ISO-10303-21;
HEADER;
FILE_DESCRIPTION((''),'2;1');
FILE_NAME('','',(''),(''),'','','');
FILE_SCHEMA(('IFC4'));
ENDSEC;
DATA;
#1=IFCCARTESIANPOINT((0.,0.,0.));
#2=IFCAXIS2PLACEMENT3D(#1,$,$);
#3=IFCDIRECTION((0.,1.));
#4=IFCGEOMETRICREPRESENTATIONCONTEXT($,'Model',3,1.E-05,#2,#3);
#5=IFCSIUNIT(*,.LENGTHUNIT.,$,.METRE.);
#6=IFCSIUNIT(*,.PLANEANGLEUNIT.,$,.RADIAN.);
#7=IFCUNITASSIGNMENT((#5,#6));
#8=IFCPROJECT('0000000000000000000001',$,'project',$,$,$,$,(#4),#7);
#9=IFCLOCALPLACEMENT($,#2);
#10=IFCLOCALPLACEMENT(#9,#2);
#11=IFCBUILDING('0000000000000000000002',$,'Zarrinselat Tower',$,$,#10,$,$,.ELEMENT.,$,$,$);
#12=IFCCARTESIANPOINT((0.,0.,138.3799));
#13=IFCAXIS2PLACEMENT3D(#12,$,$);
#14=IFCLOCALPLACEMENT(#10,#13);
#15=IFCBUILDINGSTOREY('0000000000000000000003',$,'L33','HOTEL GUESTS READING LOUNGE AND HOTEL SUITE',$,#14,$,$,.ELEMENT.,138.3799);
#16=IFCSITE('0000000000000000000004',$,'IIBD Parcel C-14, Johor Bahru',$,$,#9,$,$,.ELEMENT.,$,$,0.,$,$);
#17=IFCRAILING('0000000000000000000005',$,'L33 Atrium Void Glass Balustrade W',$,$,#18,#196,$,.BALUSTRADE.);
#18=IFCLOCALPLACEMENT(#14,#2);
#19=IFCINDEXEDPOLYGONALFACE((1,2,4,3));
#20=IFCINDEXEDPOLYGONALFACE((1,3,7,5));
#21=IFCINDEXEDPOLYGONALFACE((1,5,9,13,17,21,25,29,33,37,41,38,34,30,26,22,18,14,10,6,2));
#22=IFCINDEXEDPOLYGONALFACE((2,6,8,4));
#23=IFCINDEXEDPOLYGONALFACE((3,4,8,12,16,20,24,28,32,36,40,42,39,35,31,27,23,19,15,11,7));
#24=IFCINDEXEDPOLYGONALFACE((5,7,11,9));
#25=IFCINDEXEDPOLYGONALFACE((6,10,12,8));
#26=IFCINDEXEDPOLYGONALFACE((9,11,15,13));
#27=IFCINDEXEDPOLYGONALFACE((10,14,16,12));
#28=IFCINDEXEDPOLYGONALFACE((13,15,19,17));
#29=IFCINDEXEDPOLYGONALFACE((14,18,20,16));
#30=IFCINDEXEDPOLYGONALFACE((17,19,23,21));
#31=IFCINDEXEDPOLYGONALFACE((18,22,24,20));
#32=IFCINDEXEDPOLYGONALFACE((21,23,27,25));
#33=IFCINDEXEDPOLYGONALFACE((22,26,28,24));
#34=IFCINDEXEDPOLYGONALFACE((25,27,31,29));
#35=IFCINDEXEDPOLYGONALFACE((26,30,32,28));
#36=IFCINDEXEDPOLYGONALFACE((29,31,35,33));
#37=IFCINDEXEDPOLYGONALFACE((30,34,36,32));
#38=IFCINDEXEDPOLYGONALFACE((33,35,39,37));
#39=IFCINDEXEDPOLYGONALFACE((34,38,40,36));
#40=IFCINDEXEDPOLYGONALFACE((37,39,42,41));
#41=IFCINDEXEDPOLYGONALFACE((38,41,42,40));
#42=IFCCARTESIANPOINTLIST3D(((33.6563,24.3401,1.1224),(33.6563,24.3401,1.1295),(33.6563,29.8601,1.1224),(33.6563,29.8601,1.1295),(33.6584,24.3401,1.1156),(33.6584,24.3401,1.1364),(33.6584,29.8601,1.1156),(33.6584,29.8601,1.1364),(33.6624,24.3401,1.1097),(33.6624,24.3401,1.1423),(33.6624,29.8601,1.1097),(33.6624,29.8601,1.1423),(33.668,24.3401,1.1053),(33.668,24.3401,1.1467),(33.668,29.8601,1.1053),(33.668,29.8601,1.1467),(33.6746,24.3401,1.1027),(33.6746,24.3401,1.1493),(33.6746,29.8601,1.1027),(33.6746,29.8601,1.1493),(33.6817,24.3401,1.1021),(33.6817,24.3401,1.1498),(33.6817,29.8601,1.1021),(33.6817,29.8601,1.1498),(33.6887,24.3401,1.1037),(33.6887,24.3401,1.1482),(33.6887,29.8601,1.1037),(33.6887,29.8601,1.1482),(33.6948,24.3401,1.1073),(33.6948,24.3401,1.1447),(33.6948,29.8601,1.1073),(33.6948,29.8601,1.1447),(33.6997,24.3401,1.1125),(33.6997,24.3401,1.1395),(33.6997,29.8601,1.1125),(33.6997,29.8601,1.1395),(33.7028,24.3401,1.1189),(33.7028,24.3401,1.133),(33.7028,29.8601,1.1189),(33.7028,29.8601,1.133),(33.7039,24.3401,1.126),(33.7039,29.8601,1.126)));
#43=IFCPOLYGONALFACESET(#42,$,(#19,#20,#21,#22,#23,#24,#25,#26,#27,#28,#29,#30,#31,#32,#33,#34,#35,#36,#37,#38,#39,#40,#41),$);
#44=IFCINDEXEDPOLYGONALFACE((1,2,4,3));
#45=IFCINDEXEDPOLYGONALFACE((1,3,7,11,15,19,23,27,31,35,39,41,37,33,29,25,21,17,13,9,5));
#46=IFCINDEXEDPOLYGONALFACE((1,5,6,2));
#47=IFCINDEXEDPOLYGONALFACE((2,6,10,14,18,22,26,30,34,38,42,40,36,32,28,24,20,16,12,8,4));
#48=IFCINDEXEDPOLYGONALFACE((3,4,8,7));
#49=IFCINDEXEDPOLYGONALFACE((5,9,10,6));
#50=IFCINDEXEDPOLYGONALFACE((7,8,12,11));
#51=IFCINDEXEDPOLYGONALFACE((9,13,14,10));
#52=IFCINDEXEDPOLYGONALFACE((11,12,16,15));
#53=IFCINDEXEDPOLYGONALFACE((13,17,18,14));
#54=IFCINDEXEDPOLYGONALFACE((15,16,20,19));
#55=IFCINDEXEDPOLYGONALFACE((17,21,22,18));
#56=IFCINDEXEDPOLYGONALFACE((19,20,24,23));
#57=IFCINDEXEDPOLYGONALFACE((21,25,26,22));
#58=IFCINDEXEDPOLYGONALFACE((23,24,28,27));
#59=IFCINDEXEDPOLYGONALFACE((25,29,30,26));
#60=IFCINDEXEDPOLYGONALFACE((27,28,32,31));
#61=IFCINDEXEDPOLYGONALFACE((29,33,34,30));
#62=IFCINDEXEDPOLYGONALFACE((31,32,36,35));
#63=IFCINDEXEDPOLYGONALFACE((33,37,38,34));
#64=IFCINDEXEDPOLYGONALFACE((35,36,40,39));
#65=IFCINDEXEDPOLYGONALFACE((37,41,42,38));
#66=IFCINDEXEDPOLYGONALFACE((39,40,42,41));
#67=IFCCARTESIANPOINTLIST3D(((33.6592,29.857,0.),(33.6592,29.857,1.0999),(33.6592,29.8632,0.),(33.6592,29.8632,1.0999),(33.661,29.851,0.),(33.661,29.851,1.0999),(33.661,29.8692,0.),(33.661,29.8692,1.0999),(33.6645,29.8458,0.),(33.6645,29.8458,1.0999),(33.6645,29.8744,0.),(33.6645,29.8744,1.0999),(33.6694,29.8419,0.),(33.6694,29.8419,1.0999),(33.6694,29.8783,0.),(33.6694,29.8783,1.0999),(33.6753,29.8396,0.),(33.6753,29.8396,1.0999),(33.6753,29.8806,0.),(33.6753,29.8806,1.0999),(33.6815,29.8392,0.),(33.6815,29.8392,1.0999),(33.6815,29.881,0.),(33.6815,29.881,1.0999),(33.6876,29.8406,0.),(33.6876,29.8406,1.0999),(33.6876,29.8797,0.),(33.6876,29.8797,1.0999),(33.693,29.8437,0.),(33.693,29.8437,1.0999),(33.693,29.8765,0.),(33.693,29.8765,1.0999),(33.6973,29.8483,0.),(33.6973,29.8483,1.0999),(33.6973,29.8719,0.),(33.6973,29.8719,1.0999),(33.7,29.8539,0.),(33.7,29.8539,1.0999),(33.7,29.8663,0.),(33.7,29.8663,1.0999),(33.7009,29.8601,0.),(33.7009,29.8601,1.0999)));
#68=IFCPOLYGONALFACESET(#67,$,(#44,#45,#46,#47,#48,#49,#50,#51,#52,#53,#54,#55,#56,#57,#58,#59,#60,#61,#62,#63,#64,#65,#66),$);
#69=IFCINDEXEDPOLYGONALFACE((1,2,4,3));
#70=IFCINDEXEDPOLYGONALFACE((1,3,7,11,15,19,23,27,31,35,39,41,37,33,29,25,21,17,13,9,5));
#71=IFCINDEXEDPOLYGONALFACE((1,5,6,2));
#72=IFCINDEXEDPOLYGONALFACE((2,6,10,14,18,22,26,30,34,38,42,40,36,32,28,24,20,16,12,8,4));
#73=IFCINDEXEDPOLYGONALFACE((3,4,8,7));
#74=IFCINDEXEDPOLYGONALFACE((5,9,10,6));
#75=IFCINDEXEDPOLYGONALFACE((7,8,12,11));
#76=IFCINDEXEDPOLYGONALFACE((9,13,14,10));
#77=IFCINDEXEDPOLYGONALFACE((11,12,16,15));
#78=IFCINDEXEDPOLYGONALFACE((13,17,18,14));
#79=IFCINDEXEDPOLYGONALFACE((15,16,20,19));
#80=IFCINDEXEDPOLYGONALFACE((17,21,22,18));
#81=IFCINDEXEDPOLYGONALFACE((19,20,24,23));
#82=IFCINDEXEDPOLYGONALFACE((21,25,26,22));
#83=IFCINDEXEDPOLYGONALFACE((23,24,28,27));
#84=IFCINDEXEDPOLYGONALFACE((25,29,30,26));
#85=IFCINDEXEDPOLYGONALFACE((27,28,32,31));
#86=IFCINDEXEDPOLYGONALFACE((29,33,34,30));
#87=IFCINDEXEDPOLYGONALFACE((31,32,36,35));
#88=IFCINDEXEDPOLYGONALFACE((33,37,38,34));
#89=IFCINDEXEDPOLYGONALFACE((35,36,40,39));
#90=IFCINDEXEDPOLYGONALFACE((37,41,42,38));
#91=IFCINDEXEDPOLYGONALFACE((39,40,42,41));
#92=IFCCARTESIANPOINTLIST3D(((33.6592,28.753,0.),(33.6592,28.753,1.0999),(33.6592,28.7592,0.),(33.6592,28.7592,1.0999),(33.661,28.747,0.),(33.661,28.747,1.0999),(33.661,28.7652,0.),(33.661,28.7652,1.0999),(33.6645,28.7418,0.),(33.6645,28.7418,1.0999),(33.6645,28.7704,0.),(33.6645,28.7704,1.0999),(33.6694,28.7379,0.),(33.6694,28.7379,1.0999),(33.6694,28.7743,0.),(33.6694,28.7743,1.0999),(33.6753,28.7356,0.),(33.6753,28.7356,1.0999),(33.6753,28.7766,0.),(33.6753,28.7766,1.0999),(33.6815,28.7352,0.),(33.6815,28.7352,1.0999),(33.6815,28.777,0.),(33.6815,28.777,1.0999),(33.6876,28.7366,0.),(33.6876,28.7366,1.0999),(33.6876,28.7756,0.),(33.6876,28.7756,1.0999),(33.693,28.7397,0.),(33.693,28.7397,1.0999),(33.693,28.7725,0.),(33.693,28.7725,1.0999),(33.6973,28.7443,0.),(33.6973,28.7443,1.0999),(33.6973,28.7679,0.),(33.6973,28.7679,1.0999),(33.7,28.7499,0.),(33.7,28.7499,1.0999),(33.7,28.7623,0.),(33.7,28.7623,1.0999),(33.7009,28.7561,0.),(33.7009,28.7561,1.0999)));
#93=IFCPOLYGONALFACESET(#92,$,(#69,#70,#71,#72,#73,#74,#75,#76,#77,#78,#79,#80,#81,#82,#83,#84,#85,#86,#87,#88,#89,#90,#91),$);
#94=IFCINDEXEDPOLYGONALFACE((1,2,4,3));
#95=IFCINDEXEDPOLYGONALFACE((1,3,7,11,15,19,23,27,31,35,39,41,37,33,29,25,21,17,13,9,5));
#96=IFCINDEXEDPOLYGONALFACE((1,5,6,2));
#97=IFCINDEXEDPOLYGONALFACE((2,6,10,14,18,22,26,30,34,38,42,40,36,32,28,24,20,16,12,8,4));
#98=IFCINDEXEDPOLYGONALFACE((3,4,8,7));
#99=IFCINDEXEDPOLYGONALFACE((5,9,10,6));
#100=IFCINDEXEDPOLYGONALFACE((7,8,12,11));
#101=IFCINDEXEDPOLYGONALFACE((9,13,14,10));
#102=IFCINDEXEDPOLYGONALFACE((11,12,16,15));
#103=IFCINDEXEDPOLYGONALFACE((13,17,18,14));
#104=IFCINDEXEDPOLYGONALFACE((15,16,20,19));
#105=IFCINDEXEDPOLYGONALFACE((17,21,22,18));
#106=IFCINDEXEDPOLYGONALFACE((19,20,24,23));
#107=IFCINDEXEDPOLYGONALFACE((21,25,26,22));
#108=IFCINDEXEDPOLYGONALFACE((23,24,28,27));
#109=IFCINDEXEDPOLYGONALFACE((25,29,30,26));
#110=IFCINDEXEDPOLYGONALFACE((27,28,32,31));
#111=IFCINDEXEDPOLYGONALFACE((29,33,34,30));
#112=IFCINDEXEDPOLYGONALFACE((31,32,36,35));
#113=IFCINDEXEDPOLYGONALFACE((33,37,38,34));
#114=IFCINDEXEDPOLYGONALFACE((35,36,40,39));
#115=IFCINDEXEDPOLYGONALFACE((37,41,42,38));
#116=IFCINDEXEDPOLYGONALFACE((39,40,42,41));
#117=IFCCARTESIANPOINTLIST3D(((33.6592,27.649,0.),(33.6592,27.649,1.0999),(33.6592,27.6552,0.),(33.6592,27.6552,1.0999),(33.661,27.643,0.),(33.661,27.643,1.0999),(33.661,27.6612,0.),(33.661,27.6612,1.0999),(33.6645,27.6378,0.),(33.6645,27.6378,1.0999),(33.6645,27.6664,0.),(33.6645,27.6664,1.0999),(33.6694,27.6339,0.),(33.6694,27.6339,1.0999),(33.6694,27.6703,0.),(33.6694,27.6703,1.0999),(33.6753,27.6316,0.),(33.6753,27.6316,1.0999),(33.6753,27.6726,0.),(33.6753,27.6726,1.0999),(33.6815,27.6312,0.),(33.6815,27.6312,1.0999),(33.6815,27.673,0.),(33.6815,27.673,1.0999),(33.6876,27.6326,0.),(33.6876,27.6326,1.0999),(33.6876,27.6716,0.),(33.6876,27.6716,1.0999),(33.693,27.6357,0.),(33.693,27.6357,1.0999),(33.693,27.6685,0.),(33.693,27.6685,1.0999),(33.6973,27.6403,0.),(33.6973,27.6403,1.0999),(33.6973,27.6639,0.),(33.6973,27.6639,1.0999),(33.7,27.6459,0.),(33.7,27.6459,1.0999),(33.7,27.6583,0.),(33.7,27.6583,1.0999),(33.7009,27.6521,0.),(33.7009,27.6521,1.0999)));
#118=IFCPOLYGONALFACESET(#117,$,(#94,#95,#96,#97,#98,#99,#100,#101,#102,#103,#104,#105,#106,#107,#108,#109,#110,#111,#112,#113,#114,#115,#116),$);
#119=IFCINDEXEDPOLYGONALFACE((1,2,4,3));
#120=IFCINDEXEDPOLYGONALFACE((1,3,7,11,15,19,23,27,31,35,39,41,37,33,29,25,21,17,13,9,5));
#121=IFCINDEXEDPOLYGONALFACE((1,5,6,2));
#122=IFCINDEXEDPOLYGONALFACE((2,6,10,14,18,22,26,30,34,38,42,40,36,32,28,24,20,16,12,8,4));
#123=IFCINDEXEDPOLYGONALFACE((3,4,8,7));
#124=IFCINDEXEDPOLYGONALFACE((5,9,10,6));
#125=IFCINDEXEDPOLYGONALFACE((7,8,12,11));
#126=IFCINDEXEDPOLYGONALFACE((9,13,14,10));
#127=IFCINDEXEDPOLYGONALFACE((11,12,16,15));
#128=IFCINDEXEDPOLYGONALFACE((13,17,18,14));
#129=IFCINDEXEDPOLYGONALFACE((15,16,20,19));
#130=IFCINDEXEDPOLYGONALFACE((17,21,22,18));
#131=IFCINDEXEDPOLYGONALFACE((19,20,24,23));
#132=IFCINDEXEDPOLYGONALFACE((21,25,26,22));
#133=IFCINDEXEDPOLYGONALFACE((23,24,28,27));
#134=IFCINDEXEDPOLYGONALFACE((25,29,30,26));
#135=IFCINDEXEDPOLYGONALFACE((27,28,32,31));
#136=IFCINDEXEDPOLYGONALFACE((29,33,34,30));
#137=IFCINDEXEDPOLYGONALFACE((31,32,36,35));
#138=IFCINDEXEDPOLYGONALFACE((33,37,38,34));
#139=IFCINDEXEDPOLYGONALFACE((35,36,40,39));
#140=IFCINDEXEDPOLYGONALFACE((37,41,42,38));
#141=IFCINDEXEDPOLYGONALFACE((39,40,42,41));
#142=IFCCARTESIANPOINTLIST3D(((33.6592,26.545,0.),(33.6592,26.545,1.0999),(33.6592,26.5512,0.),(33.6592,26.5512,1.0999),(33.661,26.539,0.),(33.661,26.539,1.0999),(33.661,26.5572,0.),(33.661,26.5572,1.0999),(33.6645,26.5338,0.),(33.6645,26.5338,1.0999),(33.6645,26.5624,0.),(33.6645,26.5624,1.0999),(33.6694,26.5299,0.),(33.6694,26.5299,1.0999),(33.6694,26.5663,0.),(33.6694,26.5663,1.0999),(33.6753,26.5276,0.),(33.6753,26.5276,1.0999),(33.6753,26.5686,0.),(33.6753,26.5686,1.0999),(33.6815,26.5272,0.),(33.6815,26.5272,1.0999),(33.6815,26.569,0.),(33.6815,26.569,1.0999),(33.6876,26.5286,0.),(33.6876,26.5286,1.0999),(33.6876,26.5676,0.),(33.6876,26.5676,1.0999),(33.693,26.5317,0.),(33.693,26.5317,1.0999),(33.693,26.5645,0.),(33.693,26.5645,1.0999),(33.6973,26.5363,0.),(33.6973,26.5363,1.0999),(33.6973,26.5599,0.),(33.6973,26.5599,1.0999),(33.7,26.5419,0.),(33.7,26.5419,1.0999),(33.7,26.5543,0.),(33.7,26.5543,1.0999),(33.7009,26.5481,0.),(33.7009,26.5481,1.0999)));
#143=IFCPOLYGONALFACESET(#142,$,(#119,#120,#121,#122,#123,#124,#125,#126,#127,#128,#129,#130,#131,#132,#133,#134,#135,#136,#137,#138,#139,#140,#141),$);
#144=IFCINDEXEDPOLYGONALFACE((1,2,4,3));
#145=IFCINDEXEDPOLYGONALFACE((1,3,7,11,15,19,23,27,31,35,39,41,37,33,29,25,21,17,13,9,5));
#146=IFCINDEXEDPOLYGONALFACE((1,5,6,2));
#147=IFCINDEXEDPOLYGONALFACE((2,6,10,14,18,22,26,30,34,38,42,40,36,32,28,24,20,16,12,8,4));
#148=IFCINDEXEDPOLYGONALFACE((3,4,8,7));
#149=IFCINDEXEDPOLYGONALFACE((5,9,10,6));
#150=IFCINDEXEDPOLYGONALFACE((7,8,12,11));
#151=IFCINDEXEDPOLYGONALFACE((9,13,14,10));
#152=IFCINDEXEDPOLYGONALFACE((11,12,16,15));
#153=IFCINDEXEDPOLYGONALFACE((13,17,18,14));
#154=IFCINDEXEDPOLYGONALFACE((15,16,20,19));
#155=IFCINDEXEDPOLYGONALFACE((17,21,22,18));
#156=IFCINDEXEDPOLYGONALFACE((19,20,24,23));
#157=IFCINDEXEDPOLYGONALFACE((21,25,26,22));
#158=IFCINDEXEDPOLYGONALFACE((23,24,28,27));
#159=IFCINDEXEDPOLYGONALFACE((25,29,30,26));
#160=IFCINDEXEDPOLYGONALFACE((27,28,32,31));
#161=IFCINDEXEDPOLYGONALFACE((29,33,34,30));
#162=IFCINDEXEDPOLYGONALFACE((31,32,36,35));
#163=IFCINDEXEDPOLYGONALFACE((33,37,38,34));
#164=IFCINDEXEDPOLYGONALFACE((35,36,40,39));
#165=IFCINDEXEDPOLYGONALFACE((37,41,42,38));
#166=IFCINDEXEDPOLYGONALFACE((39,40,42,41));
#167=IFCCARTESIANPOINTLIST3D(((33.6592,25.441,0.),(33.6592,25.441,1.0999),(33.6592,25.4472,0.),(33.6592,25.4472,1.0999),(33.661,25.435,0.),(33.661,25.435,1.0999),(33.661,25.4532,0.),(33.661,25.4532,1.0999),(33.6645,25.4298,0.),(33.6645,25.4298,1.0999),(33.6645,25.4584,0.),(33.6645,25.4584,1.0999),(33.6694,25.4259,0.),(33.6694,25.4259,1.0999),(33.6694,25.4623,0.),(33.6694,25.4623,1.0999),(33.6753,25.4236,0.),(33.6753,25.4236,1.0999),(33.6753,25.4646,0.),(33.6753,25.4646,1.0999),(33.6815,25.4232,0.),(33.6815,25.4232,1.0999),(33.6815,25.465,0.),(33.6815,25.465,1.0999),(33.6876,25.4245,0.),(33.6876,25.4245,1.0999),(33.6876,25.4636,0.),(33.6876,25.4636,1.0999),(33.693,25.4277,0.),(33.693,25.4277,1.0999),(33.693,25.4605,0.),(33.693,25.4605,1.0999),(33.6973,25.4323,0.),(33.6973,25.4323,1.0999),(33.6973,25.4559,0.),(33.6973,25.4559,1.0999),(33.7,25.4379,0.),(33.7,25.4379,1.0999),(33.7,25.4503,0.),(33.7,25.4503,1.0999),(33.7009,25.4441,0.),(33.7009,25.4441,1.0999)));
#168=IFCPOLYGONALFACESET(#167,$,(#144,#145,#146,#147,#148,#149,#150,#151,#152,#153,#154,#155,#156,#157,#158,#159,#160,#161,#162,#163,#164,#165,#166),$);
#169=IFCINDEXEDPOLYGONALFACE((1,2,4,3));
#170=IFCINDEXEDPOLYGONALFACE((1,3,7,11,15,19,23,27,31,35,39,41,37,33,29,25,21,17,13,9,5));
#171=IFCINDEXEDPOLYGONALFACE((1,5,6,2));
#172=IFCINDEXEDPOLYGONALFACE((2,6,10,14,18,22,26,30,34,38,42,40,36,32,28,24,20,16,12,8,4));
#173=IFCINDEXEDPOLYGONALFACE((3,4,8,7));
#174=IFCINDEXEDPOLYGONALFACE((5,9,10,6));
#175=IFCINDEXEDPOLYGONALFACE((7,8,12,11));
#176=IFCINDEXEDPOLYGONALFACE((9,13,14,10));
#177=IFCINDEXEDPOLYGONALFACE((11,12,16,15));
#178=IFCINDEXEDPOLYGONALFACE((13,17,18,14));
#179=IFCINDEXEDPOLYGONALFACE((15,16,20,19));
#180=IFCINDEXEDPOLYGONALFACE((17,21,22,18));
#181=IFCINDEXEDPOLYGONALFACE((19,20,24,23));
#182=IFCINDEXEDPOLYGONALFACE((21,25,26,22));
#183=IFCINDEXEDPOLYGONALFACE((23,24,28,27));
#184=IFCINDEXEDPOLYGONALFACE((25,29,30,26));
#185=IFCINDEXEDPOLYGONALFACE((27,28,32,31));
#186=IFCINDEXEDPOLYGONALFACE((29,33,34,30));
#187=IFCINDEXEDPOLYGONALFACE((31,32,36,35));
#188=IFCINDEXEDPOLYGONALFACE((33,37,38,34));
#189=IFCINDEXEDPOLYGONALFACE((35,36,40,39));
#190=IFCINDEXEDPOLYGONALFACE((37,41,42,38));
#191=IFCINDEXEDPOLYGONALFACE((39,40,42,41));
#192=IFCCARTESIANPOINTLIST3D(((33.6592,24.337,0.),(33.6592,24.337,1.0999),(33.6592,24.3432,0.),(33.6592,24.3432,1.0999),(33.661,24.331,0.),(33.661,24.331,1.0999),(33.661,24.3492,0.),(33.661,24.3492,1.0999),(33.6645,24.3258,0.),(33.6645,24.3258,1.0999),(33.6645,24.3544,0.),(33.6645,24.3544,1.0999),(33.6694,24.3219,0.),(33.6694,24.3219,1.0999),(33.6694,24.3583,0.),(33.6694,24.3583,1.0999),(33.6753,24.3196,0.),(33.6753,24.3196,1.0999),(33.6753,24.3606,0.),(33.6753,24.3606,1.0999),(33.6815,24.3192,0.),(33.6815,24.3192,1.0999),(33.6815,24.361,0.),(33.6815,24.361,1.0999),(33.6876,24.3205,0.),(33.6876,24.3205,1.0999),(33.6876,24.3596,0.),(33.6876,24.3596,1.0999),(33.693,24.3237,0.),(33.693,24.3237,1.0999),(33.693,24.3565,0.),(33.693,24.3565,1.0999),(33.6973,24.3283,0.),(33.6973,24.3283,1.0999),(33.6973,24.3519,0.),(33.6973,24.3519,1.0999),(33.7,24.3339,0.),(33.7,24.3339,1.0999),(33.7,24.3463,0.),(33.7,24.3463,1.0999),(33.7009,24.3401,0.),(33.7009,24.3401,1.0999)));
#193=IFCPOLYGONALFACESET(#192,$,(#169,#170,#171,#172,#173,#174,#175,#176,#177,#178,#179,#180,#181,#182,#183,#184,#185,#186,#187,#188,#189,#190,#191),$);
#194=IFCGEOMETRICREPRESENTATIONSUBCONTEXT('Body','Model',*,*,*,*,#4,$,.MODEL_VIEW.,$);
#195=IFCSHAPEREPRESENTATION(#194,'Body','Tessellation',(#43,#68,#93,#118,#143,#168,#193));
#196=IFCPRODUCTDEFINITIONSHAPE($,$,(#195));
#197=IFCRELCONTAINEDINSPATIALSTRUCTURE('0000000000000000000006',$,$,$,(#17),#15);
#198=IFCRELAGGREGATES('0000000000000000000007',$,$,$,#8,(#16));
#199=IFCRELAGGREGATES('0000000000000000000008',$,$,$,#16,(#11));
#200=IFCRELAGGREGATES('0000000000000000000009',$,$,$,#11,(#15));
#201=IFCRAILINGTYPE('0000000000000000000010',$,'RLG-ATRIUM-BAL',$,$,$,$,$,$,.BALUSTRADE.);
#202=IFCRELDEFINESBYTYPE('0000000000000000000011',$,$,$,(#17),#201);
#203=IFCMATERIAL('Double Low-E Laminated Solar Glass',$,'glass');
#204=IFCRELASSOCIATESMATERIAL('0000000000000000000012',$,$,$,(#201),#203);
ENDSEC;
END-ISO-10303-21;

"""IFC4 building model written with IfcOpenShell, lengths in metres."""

from ifc_helpers import new_model, si_unit, direction, frame, origin, origin_2d, place, context, subcontext, project, spatial, circle, extrude, material, type_object, element, save


model = new_model("IFC4")

# Units and contexts
model_context = context("Model", 3, precision=1e-05, world=origin(), true_north=direction((0.0, 1.0)))
body_context = subcontext(model_context, "Body", "Model", "MODEL_VIEW")
ifc_project = project(units=[si_unit("LENGTHUNIT", "METRE"), si_unit("PLANEANGLEUNIT", "RADIAN")], contexts=[model_context])

# Site, building, storey
site_placement = place(None, origin())
site = spatial("IfcSite", under=ifc_project, at=site_placement, Name="IIBD Parcel C-14, Johor Bahru", CompositionType="ELEMENT", RefElevation=0.0)
building_placement = place(site_placement, origin())
building = spatial("IfcBuilding", under=site, at=building_placement, Name="Zarrinselat Tower", CompositionType="ELEMENT")
storey_placement = place(building_placement, frame((0.0, 0.0, 138.3799)))
storey = spatial("IfcBuildingStorey", under=building, at=storey_placement, Name="L33", Description="HOTEL GUESTS READING LOUNGE AND HOTEL SUITE", CompositionType="ELEMENT", Elevation=138.3799)

# Railing
ifc_material_1 = material(Name="Double Low-E Laminated Solar Glass", Category="glass")
railing_type = type_object("IfcRailingType", Name="RLG-ATRIUM-BAL", PredefinedType="BALUSTRADE", material=ifc_material_1)
railing_placement = place(storey_placement, frame((33.6799, 29.8601, 0.0)))
element("IfcRailing", 1, at=railing_placement, inside=storey, type_object=railing_type, Name="L33 Atrium Void Glass Balustrade W", PredefinedType="BALUSTRADE", context=body_context, shape_type="SweptSolid", body=[
    extrude(circle(Radius=0.0239, at=origin_2d()), frame((0.0, 0.0, 1.126), z_axis=(0.0, -1.0, 0.0), x_axis=(1.0, 0.0, 0.0)), (0.0, 0.0, 1.0), 5.52),
    extrude(circle(Radius=0.021, at=origin_2d()), origin(), (0.0, 0.0, 1.0), 1.0999),
    extrude(circle(Radius=0.021, at=origin_2d()), frame((0.0, -1.104, 0.0)), (0.0, 0.0, 1.0), 1.0999),
    extrude(circle(Radius=0.021, at=origin_2d()), frame((0.0, -2.208, 0.0)), (0.0, 0.0, 1.0), 1.0999),
    extrude(circle(Radius=0.021, at=origin_2d()), frame((0.0, -3.312, 0.0)), (0.0, 0.0, 1.0), 1.0999),
    extrude(circle(Radius=0.021, at=origin_2d()), frame((0.0, -4.416, 0.0)), (0.0, 0.0, 1.0), 1.0999),
    extrude(circle(Radius=0.021, at=origin_2d()), frame((0.0, -5.52, 0.0)), (0.0, 0.0, 1.0), 1.0999),
])

save(model, "model.ifc")
